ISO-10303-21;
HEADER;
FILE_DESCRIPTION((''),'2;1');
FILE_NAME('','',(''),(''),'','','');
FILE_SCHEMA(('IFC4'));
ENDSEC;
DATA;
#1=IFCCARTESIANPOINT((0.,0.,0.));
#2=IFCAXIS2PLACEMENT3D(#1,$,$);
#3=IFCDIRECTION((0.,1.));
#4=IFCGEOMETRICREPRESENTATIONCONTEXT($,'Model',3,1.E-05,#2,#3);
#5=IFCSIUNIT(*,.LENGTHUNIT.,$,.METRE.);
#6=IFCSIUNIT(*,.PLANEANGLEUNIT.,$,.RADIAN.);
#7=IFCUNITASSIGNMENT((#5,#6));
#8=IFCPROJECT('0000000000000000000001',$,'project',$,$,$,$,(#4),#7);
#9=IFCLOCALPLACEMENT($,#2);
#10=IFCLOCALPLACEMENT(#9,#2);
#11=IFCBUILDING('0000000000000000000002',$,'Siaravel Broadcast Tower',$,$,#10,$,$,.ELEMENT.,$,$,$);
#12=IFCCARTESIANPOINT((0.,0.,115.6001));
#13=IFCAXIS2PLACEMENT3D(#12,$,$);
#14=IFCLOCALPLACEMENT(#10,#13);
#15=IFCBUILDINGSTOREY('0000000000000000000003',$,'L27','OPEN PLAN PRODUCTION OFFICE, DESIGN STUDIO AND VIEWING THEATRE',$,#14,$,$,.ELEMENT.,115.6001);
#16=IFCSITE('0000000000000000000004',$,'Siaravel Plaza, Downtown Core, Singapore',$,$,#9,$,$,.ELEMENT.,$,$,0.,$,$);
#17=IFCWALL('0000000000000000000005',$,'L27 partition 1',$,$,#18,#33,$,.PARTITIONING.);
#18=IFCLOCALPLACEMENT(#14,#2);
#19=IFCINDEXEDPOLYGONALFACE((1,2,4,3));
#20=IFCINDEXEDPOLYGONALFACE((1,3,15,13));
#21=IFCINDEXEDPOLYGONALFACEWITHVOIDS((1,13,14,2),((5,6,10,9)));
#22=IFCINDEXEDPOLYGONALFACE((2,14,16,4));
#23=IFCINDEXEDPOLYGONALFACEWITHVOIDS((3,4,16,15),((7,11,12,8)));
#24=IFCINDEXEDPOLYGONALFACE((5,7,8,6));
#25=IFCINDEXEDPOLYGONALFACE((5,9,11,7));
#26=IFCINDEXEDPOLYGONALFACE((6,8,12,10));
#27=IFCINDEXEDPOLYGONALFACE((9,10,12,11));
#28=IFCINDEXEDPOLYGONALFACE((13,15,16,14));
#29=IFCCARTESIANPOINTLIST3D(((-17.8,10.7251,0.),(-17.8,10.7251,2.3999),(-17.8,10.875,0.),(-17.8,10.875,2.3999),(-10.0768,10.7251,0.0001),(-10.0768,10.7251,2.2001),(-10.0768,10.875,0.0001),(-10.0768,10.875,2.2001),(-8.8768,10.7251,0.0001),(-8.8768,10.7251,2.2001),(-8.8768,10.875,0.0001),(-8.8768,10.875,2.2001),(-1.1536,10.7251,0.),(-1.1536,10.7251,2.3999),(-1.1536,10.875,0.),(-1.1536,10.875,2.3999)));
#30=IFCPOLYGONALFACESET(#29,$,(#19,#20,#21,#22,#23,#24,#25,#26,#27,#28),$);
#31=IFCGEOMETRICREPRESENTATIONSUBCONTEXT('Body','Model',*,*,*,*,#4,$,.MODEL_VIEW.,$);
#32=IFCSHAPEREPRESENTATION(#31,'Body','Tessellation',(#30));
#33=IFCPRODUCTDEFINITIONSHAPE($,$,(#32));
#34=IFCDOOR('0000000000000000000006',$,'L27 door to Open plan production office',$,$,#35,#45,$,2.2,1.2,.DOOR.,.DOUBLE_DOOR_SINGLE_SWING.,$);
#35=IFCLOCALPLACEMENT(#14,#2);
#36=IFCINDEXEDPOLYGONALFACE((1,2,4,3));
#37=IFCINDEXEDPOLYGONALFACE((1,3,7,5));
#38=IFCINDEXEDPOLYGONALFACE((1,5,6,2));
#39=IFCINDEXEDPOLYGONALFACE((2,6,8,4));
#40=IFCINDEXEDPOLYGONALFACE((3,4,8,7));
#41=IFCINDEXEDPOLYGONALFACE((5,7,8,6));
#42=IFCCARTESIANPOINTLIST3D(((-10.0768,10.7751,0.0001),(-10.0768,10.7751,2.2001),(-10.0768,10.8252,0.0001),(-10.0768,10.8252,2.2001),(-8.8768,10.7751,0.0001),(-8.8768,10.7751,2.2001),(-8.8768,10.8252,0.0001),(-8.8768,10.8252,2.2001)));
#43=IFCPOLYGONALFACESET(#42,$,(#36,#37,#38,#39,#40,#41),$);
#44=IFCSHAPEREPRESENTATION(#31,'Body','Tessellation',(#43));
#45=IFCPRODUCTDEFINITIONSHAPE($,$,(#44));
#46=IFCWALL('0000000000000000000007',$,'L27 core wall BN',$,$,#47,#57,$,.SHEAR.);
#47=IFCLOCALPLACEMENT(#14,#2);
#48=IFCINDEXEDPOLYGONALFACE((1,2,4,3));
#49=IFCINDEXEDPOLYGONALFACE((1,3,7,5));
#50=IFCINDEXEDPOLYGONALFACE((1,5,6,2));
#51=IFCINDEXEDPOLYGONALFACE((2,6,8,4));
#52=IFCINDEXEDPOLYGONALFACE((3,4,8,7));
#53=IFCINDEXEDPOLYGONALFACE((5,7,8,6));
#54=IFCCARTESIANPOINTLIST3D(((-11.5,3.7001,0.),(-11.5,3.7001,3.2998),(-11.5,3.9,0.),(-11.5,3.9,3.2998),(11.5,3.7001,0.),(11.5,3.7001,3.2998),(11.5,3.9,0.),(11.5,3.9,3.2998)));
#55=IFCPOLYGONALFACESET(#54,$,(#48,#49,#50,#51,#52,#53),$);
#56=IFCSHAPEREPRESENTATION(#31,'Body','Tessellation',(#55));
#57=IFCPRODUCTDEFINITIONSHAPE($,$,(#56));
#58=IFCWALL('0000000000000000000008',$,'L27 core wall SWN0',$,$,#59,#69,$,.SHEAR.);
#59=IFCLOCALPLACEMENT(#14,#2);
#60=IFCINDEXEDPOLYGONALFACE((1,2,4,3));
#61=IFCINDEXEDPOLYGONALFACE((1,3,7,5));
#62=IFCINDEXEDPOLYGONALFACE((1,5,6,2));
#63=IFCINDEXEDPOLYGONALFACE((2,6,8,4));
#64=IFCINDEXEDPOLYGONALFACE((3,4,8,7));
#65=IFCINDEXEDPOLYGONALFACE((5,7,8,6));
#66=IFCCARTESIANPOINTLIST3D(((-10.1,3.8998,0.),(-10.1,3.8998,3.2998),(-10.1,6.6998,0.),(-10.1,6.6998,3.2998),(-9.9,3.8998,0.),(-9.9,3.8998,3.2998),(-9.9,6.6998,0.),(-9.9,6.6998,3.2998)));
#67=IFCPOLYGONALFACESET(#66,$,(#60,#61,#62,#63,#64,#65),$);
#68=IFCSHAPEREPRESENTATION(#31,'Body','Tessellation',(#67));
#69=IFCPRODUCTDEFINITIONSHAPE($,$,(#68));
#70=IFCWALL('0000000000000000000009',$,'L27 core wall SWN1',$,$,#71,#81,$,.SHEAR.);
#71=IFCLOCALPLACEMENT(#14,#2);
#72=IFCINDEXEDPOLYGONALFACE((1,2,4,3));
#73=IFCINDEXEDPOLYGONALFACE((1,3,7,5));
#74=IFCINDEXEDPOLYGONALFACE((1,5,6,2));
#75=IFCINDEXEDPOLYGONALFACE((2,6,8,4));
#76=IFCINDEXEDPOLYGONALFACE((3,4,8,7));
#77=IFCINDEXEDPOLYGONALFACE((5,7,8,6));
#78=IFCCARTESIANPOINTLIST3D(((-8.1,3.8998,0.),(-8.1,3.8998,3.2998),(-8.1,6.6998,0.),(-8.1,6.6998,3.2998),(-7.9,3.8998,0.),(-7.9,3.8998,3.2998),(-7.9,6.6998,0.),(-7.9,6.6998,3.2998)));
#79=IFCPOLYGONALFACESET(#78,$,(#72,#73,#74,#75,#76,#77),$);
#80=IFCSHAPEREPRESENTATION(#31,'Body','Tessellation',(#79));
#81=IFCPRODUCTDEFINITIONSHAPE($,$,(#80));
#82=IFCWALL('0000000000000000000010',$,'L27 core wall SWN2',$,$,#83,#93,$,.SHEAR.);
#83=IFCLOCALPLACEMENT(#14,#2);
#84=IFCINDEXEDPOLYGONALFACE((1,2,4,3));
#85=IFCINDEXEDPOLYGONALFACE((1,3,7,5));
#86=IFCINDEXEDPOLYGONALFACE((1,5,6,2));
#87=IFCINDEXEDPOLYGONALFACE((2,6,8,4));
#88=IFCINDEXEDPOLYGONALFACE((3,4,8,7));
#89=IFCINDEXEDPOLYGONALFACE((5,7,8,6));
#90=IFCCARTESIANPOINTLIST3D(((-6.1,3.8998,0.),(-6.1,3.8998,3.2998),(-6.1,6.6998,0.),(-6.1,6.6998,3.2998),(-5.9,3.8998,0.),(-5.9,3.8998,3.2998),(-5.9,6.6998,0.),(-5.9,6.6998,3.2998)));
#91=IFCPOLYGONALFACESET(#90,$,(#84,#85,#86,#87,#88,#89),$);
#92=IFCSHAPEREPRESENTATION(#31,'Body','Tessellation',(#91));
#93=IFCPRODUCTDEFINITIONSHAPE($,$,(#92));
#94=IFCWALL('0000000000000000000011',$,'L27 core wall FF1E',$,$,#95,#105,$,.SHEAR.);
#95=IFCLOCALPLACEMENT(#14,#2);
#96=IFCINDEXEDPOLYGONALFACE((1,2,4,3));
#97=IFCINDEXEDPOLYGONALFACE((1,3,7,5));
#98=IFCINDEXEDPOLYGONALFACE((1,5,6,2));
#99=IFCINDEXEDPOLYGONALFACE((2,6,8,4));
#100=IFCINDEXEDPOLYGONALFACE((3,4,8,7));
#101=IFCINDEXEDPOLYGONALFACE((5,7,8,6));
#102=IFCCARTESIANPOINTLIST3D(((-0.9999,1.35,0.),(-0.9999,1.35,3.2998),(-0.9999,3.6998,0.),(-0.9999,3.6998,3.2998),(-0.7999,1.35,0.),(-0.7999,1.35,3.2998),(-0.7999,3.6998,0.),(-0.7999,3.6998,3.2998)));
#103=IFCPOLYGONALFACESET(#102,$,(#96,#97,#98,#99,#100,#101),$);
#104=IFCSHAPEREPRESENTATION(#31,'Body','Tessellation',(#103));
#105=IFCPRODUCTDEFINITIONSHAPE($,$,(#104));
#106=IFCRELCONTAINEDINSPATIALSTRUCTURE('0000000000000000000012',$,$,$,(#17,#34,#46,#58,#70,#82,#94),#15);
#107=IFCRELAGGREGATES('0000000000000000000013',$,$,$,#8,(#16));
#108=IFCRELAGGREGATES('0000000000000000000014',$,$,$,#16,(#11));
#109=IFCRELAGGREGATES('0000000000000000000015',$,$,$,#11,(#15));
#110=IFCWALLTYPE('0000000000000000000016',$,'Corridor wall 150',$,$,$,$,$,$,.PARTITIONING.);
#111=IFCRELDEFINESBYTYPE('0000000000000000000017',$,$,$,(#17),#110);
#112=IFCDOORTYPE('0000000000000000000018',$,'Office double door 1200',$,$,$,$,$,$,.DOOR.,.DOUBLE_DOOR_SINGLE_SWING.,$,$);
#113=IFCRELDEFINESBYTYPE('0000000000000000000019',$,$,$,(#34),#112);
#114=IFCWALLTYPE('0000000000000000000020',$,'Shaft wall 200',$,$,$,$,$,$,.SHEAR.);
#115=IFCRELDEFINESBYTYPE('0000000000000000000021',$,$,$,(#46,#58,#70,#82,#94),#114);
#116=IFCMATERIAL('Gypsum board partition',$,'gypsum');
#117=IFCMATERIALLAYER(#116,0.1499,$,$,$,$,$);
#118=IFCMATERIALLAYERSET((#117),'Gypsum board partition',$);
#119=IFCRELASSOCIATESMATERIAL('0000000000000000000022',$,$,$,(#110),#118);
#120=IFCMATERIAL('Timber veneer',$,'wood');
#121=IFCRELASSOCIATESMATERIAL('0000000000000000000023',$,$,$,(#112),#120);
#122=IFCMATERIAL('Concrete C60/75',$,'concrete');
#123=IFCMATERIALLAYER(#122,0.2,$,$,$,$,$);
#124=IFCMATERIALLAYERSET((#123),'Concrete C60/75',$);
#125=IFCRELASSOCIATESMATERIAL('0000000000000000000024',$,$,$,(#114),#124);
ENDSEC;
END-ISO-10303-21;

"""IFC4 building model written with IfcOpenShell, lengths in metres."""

from ifc_helpers import new_model, si_unit, direction, frame, frame_2d, origin, place, context, subcontext, project, spatial, rectangle, extrude, material, layer, layer_set, type_object, element, fill, save


model = new_model("IFC4")

# Units and contexts
model_context = context("Model", 3, precision=1e-05, world=origin(), true_north=direction((0.0, 1.0)))
body_context = subcontext(model_context, "Body", "Model", "MODEL_VIEW")
ifc_project = project(units=[si_unit("LENGTHUNIT", "METRE"), si_unit("PLANEANGLEUNIT", "RADIAN")], contexts=[model_context])

# Site, building, storey
site_placement = place(None, origin())
site = spatial("IfcSite", under=ifc_project, at=site_placement, Name="Siaravel Plaza, Downtown Core, Singapore", CompositionType="ELEMENT", RefElevation=0.0)
building_placement = place(site_placement, origin())
building = spatial("IfcBuilding", under=site, at=building_placement, Name="Siaravel Broadcast Tower", CompositionType="ELEMENT")
storey_placement = place(building_placement, frame((0.0, 0.0, 115.6001)))
storey = spatial("IfcBuildingStorey", under=building, at=storey_placement, Name="L27", Description="OPEN PLAN PRODUCTION OFFICE, DESIGN STUDIO AND VIEWING THEATRE", CompositionType="ELEMENT", Elevation=115.6001)

# Shared definitions
ifc_material_1 = material(Name="Concrete C60/75", Category="concrete")
ifc_material_2 = material(Name="Timber veneer", Category="wood")

# Wall, opening, door
ifc_material_3 = material(Name="Gypsum board partition", Category="gypsum")
ifc_layer_1 = layer(ifc_material_3, 0.1499)
ifc_layer_set_1 = layer_set([ifc_layer_1], Name="Gypsum board partition")
wall_type_1 = type_object("IfcWallType", Name="Corridor wall 150", PredefinedType="PARTITIONING", material=ifc_layer_set_1)
wall_1_placement = place(storey_placement, frame((-1.1536, 10.8, 0.0), z_axis=(0.0, 0.0, 1.0), x_axis=(-1.0, 0.0, 0.0)))
wall_1 = element("IfcWall", 1, at=wall_1_placement, inside=storey, type_object=wall_type_1, Name="L27 partition 1", PredefinedType="PARTITIONING", context=body_context, shape_type="SweptSolid", body=[
    extrude(rectangle(XDim=16.6465, YDim=0.1499, at=frame_2d((8.3232, 0.0))), origin(), (0.0, 0.0, 1.0), 2.3999),
])
opening_1_placement = place(wall_1_placement, frame((7.7231, 0.0, 0.0)))
opening_1 = element("IfcOpeningElement", 2, at=opening_1_placement, cuts=wall_1, PredefinedType="OPENING", context=body_context, shape_type="SweptSolid", body=[
    extrude(rectangle(XDim=1.2, YDim=2.2, at=frame_2d((0.6001, 1.1001))), frame((0.0, 0.085, 0.0), z_axis=(0.0, -1.0, 0.0), x_axis=(1.0, 0.0, 0.0)), (0.0, 0.0, 1.0), 0.1699),
])
door_type_1 = type_object("IfcDoorType", Name="Office double door 1200", OperationType="DOUBLE_DOOR_SINGLE_SWING", PredefinedType="DOOR", material=ifc_material_2)
door_1_placement = place(opening_1_placement, origin())
door_1 = element("IfcDoor", 3, at=door_1_placement, inside=storey, type_object=door_type_1, Name="L27 door to Open plan production office", OperationType="DOUBLE_DOOR_SINGLE_SWING", OverallHeight=2.2, OverallWidth=1.2, PredefinedType="DOOR", context=body_context, shape_type="SweptSolid", body=[
    extrude(rectangle(XDim=1.2, YDim=2.2, at=frame_2d((0.6001, 1.1001))), frame((0.0, 0.0249, 0.0), z_axis=(0.0, -1.0, 0.0), x_axis=(1.0, 0.0, 0.0)), (0.0, 0.0, 1.0), 0.05),
])
fill(opening_1, door_1)

# Walls
ifc_layer_2 = layer(ifc_material_1, 0.2)
ifc_layer_set_2 = layer_set([ifc_layer_2], Name="Concrete C60/75")
wall_type_2 = type_object("IfcWallType", Name="Shaft wall 200", PredefinedType="SHEAR", material=ifc_layer_set_2)
wall_2_placement = place(storey_placement, frame((-11.5, 3.8, 0.0), z_axis=(0.0, 0.0, 1.0), x_axis=(1.0, 0.0, 0.0)))
element("IfcWall", 4, at=wall_2_placement, inside=storey, type_object=wall_type_2, Name="L27 core wall BN", PredefinedType="SHEAR", context=body_context, shape_type="SweptSolid", body=[
    extrude(rectangle(XDim=23.0, YDim=0.2, at=frame_2d((11.5, 0.0))), origin(), (0.0, 0.0, 1.0), 3.2998),
])
for number, where, z_axis, x_axis, name in (
    (5, (-10.0, 3.8999, 0.0), (0.0, 0.0, 1.0), (0.0, 1.0, 0.0), "L27 core wall SWN0"),
    (6, (-8.0, 3.8999, 0.0), (0.0, 0.0, 1.0), (0.0, 1.0, 0.0), "L27 core wall SWN1"),
    (7, (-6.0, 3.8999, 0.0), (0.0, 0.0, 1.0), (0.0, 1.0, 0.0), "L27 core wall SWN2"),
):
    element("IfcWall", number, at=place(storey_placement, frame(where, z_axis=z_axis, x_axis=x_axis)), inside=storey, type_object=wall_type_2, Name=name, PredefinedType="SHEAR", context=body_context, shape_type="SweptSolid", body=[
        extrude(rectangle(XDim=2.8, YDim=0.2, at=frame_2d((1.3999, 0.0))), origin(), (0.0, 0.0, 1.0), 3.2998),
    ])
wall_3_placement = place(storey_placement, frame((-0.8999, 1.3501, 0.0), z_axis=(0.0, 0.0, 1.0), x_axis=(0.0, 1.0, 0.0)))
element("IfcWall", 8, at=wall_3_placement, inside=storey, type_object=wall_type_2, Name="L27 core wall FF1E", PredefinedType="SHEAR", context=body_context, shape_type="SweptSolid", body=[
    extrude(rectangle(XDim=2.3499, YDim=0.2, at=frame_2d((1.1748, 0.0))), origin(), (0.0, 0.0, 1.0), 3.2998),
])

save(model, "model.ifc")
